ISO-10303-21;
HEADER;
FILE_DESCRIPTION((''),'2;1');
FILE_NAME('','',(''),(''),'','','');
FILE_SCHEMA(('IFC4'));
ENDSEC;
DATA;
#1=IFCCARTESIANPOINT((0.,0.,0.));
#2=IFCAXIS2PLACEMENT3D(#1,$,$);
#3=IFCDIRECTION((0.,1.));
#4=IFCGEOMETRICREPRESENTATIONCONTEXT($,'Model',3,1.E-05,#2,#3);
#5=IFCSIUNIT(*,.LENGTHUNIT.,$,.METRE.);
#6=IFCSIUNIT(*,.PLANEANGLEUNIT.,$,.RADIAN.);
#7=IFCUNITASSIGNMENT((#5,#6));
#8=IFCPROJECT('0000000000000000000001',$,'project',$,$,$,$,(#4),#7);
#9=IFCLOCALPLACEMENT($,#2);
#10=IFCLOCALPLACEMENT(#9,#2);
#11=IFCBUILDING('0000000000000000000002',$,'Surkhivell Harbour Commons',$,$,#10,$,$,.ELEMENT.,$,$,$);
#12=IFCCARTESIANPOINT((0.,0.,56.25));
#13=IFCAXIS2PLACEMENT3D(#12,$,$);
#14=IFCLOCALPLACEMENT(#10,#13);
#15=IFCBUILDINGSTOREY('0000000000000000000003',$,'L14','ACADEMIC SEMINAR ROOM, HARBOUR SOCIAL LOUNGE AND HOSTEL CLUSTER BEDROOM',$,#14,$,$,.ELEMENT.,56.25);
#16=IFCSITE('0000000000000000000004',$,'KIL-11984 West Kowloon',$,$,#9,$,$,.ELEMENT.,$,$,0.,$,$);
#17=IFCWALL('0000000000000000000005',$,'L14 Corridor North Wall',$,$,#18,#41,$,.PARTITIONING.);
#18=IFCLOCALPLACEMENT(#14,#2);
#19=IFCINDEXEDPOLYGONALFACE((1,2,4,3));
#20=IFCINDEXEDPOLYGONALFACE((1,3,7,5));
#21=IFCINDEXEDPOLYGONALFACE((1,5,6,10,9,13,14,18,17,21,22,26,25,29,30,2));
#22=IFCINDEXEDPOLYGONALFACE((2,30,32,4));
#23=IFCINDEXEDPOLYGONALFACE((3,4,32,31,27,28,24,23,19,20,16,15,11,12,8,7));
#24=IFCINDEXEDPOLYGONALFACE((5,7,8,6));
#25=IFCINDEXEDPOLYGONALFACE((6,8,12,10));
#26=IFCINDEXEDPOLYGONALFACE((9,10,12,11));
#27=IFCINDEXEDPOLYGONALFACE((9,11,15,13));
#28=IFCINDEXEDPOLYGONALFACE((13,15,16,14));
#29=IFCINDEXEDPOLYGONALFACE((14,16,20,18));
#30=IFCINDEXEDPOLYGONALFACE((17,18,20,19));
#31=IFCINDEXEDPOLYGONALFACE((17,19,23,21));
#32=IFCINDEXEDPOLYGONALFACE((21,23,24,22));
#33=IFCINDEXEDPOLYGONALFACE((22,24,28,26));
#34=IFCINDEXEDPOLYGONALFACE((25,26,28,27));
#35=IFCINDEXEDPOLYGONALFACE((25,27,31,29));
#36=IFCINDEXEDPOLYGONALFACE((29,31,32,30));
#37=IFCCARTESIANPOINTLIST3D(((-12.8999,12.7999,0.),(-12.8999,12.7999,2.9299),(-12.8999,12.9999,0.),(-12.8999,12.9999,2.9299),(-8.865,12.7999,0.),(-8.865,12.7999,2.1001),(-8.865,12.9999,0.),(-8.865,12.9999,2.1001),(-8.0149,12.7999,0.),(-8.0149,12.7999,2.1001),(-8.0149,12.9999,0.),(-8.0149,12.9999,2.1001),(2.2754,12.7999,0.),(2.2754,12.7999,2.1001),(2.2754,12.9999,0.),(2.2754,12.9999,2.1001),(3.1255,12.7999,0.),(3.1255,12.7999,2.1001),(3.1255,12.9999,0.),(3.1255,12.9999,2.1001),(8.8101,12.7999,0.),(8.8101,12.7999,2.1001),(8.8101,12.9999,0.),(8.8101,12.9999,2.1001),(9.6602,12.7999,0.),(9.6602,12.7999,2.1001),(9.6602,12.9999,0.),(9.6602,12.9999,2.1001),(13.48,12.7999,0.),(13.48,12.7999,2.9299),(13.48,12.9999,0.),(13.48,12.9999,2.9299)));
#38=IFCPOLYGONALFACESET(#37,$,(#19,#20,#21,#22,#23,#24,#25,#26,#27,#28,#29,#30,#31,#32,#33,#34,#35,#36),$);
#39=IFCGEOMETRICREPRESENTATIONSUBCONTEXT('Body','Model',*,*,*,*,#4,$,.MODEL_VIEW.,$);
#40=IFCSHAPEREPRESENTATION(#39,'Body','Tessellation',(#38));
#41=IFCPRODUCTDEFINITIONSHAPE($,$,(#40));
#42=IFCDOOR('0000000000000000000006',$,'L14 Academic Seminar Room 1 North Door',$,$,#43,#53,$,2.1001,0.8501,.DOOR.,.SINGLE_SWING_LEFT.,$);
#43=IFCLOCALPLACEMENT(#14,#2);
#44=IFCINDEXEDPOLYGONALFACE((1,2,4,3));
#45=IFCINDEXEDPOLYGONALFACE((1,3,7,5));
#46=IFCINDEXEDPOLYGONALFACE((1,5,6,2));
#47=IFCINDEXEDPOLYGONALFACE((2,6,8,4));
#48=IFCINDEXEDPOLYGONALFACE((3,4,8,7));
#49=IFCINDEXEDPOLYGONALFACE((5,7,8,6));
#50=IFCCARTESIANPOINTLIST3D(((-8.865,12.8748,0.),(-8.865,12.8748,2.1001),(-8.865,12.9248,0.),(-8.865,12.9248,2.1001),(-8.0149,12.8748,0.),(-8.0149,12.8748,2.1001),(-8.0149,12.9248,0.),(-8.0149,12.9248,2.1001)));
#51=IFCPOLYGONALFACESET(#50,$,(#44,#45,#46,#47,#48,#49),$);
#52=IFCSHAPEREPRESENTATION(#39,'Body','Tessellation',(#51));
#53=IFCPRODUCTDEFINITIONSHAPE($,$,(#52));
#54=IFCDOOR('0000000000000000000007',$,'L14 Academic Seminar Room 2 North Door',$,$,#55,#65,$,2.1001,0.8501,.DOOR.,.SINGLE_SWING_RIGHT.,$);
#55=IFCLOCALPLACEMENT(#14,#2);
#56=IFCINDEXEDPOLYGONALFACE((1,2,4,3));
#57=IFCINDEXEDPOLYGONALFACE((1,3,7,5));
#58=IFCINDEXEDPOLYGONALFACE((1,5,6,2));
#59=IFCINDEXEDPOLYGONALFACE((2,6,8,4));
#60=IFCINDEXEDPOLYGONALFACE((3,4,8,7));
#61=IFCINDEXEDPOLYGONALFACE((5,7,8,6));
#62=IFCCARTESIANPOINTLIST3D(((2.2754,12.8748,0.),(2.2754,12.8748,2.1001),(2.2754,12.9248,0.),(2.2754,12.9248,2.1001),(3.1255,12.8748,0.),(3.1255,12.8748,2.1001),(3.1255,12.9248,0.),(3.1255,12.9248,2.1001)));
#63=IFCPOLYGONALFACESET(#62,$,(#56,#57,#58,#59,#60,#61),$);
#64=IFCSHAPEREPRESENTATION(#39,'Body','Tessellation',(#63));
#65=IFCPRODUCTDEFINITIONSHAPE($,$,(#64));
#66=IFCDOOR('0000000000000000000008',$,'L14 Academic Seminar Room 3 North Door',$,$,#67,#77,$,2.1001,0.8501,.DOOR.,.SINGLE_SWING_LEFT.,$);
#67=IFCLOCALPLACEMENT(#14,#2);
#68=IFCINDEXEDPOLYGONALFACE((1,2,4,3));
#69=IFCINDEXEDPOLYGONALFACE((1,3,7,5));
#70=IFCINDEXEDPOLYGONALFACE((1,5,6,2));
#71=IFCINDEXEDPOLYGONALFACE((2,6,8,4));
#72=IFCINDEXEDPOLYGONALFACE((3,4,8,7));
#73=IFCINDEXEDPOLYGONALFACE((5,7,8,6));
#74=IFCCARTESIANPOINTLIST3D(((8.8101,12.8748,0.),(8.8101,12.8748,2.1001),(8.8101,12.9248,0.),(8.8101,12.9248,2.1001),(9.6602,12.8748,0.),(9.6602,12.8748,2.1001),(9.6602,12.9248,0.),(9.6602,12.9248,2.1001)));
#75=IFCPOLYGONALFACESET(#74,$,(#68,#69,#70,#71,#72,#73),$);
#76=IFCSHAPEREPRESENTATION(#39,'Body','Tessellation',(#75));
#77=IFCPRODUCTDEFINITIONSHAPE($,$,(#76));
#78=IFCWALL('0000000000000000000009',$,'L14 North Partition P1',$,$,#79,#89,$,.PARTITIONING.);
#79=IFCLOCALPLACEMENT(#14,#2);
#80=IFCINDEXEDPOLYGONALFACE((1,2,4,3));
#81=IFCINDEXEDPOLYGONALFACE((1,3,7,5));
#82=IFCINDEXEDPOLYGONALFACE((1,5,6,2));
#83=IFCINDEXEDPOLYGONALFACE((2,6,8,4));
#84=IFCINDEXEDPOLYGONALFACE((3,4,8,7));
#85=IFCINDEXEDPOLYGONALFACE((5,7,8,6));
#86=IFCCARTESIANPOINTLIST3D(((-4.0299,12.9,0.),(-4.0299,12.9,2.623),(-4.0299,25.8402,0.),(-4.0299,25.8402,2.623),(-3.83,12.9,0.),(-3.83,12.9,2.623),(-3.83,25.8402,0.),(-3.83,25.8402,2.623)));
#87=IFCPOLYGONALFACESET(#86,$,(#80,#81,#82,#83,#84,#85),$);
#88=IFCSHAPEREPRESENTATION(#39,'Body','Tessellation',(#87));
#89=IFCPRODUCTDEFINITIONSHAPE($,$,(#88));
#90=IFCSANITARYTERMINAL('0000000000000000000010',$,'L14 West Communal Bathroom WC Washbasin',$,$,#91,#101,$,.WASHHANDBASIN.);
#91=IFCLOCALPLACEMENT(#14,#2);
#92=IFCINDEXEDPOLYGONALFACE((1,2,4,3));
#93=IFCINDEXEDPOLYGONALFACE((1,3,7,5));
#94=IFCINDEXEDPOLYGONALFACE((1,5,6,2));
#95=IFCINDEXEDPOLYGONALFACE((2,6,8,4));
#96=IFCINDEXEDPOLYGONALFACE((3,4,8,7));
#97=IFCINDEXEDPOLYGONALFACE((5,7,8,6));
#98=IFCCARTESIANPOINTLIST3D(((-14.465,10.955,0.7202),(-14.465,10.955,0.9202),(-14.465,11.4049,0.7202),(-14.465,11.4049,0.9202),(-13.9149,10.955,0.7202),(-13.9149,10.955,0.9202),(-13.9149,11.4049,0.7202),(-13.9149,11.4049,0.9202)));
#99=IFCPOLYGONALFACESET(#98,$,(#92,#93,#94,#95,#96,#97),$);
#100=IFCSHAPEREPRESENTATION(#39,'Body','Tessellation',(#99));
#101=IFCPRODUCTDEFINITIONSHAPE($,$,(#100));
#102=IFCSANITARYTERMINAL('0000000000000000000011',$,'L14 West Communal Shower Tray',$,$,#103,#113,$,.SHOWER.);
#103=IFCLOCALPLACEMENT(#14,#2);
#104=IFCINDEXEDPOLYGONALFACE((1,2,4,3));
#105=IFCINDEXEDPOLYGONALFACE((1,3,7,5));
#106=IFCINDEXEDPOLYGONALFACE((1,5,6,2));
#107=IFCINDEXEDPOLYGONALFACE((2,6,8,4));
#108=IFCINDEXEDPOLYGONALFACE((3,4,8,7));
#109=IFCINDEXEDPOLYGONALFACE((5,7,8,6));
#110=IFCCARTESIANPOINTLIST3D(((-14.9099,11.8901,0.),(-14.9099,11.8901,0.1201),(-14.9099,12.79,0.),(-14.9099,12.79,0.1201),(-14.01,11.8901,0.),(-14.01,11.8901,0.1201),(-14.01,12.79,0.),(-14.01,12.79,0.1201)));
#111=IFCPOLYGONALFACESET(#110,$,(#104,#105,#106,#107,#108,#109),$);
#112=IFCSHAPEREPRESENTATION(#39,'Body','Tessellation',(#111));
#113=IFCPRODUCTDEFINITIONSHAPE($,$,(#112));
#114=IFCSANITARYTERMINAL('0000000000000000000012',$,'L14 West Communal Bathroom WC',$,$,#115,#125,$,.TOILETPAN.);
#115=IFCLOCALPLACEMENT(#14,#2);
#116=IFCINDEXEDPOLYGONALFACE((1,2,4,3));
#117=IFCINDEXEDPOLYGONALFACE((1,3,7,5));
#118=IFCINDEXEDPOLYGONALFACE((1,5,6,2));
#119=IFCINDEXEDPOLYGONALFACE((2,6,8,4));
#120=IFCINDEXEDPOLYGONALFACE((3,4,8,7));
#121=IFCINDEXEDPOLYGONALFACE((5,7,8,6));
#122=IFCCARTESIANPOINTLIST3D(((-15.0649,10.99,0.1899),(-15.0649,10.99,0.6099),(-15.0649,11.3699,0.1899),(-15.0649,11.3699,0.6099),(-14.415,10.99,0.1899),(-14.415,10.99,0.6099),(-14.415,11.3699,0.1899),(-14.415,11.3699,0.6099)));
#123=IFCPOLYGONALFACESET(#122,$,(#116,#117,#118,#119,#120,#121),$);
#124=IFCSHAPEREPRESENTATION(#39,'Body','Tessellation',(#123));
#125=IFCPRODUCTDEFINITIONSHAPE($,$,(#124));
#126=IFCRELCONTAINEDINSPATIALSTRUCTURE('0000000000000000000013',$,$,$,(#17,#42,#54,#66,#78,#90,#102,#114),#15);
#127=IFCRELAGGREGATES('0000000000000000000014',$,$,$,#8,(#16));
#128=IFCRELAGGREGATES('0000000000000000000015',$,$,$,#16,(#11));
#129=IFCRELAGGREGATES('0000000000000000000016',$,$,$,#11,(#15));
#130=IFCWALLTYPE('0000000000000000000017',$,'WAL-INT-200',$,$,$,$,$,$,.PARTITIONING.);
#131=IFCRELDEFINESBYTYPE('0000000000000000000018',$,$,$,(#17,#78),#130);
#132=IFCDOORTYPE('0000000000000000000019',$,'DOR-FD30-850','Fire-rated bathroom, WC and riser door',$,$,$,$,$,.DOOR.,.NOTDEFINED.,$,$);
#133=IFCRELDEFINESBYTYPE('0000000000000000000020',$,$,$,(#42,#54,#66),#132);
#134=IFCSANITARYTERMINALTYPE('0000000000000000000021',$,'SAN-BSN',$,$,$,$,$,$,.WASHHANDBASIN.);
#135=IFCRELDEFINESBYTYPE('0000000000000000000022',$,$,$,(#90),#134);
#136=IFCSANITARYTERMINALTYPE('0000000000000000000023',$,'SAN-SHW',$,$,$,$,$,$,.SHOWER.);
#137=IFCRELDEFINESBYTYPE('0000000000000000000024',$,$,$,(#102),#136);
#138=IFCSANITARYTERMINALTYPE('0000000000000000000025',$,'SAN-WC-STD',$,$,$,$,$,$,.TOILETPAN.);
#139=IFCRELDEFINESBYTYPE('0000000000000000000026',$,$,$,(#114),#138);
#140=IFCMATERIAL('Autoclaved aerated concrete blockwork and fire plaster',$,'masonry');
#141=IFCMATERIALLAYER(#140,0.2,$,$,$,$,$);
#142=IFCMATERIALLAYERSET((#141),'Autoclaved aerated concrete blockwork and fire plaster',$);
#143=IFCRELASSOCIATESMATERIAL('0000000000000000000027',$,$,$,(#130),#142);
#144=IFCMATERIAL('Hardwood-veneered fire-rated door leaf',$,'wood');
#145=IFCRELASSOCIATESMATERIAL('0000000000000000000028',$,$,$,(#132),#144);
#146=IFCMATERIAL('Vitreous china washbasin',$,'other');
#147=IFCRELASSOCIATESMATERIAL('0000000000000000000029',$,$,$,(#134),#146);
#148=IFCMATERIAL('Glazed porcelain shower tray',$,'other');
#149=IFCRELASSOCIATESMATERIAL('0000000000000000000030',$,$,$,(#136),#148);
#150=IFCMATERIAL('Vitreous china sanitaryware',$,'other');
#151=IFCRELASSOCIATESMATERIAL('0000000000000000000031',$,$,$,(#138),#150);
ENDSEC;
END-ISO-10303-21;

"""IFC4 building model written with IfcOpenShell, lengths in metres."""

from ifc_helpers import new_model, si_unit, direction, frame, frame_2d, origin, origin_2d, place, context, subcontext, project, spatial, rectangle, extrude, material, layer, layer_set, type_object, element, fill, save


model = new_model("IFC4")

# Units and contexts
model_context = context("Model", 3, precision=1e-05, world=origin(), true_north=direction((0.0, 1.0)))
body_context = subcontext(model_context, "Body", "Model", "MODEL_VIEW")
ifc_project = project(units=[si_unit("LENGTHUNIT", "METRE"), si_unit("PLANEANGLEUNIT", "RADIAN")], contexts=[model_context])

# Site, building, storey
site_placement = place(None, origin())
site = spatial("IfcSite", under=ifc_project, at=site_placement, Name="KIL-11984 West Kowloon", CompositionType="ELEMENT", RefElevation=0.0)
building_placement = place(site_placement, origin())
building = spatial("IfcBuilding", under=site, at=building_placement, Name="Surkhivell Harbour Commons", CompositionType="ELEMENT")
storey_placement = place(building_placement, frame((0.0, 0.0, 56.25)))
storey = spatial("IfcBuildingStorey", under=building, at=storey_placement, Name="L14", Description="ACADEMIC SEMINAR ROOM, HARBOUR SOCIAL LOUNGE AND HOSTEL CLUSTER BEDROOM", CompositionType="ELEMENT", Elevation=56.25)

# Shared definitions
ifc_material_1 = material(Name="Hardwood-veneered fire-rated door leaf", Category="wood")

# Shared definitions
ifc_material_2 = material(Name="Autoclaved aerated concrete blockwork and fire plaster", Category="masonry")
ifc_layer_1 = layer(ifc_material_2, 0.2)
ifc_layer_set_1 = layer_set([ifc_layer_1], Name="Autoclaved aerated concrete blockwork and fire plaster")
wall_type_1 = type_object("IfcWallType", Name="WAL-INT-200", PredefinedType="PARTITIONING", material=ifc_layer_set_1)

# Wall, openings, doors
wall_1_placement = place(storey_placement, frame((-12.8999, 12.8999, 0.0), z_axis=(0.0, 0.0, 1.0), x_axis=(1.0, 0.0, 0.0)))
wall_1 = element("IfcWall", 1, at=wall_1_placement, inside=storey, type_object=wall_type_1, Name="L14 Corridor North Wall", PredefinedType="PARTITIONING", context=body_context, shape_type="SweptSolid", body=[
    extrude(rectangle(XDim=26.3799, YDim=0.2, at=frame_2d((13.1899, 0.0))), origin(), (0.0, 0.0, 1.0), 2.9299),
])
opening_1_placement = place(wall_1_placement, frame((4.0349, 0.0, 0.0)))
opening_1 = element("IfcOpeningElement", 2, at=opening_1_placement, cuts=wall_1, PredefinedType="OPENING", context=body_context, shape_type="SweptSolid", body=[
    extrude(rectangle(XDim=0.8501, YDim=2.1001, at=frame_2d((0.425, 1.05))), frame((0.0, 0.1099, 0.0), z_axis=(0.0, -1.0, 0.0), x_axis=(1.0, 0.0, 0.0)), (0.0, 0.0, 1.0), 0.22),
])
opening_2_placement = place(wall_1_placement, frame((15.1753, 0.0, 0.0)))
opening_2 = element("IfcOpeningElement", 3, at=opening_2_placement, cuts=wall_1, PredefinedType="OPENING", context=body_context, shape_type="SweptSolid", body=[
    extrude(rectangle(XDim=0.8501, YDim=2.1001, at=frame_2d((0.425, 1.05))), frame((0.0, 0.1099, 0.0), z_axis=(0.0, -1.0, 0.0), x_axis=(1.0, 0.0, 0.0)), (0.0, 0.0, 1.0), 0.22),
])
opening_3_placement = place(wall_1_placement, frame((21.71, 0.0, 0.0)))
opening_3 = element("IfcOpeningElement", 4, at=opening_3_placement, cuts=wall_1, PredefinedType="OPENING", context=body_context, shape_type="SweptSolid", body=[
    extrude(rectangle(XDim=0.8501, YDim=2.1001, at=frame_2d((0.425, 1.05))), frame((0.0, 0.1099, 0.0), z_axis=(0.0, -1.0, 0.0), x_axis=(1.0, 0.0, 0.0)), (0.0, 0.0, 1.0), 0.22),
])
door_type_1 = type_object("IfcDoorType", Name="DOR-FD30-850", Description="Fire-rated bathroom, WC and riser door", OperationType="NOTDEFINED", PredefinedType="DOOR", material=ifc_material_1)
door_1_placement = place(opening_1_placement, origin())
door_1 = element("IfcDoor", 5, at=door_1_placement, inside=storey, type_object=door_type_1, Name="L14 Academic Seminar Room 1 North Door", OperationType="SINGLE_SWING_LEFT", OverallHeight=2.1001, OverallWidth=0.8501, PredefinedType="DOOR", context=body_context, shape_type="SweptSolid", body=[
    extrude(rectangle(XDim=0.8501, YDim=2.1001, at=frame_2d((0.425, 1.05))), frame((0.0, 0.0249, 0.0), z_axis=(0.0, -1.0, 0.0), x_axis=(1.0, 0.0, 0.0)), (0.0, 0.0, 1.0), 0.05),
])
fill(opening_1, door_1)
door_2_placement = place(opening_2_placement, origin())
door_2 = element("IfcDoor", 6, at=door_2_placement, inside=storey, type_object=door_type_1, Name="L14 Academic Seminar Room 2 North Door", OperationType="SINGLE_SWING_RIGHT", OverallHeight=2.1001, OverallWidth=0.8501, PredefinedType="DOOR", context=body_context, shape_type="SweptSolid", body=[
    extrude(rectangle(XDim=0.8501, YDim=2.1001, at=frame_2d((0.425, 1.05))), frame((0.0, 0.0249, 0.0), z_axis=(0.0, -1.0, 0.0), x_axis=(1.0, 0.0, 0.0)), (0.0, 0.0, 1.0), 0.05),
])
fill(opening_2, door_2)
door_3_placement = place(opening_3_placement, origin())
door_3 = element("IfcDoor", 7, at=door_3_placement, inside=storey, type_object=door_type_1, Name="L14 Academic Seminar Room 3 North Door", OperationType="SINGLE_SWING_LEFT", OverallHeight=2.1001, OverallWidth=0.8501, PredefinedType="DOOR", context=body_context, shape_type="SweptSolid", body=[
    extrude(rectangle(XDim=0.8501, YDim=2.1001, at=frame_2d((0.425, 1.05))), frame((0.0, 0.0249, 0.0), z_axis=(0.0, -1.0, 0.0), x_axis=(1.0, 0.0, 0.0)), (0.0, 0.0, 1.0), 0.05),
])
fill(opening_3, door_3)

# Wall
wall_2_placement = place(storey_placement, frame((-3.9299, 12.8999, 0.0), z_axis=(0.0, 0.0, 1.0), x_axis=(0.0, 1.0, 0.0)))
element("IfcWall", 8, at=wall_2_placement, inside=storey, type_object=wall_type_1, Name="L14 North Partition P1", PredefinedType="PARTITIONING", context=body_context, shape_type="SweptSolid", body=[
    extrude(rectangle(XDim=12.9402, YDim=0.2, at=frame_2d((6.4702, 0.0))), origin(), (0.0, 0.0, 1.0), 2.623),
])

# Sanitary terminals
ifc_material_3 = material(Name="Vitreous china washbasin", Category="other")
sanitary_terminal_type_1 = type_object("IfcSanitaryTerminalType", Name="SAN-BSN", PredefinedType="WASHHANDBASIN", material=ifc_material_3)
sanitary_terminal_1_placement = place(storey_placement, frame((-14.1899, 11.1799, 0.7202), z_axis=(0.0, 0.0, 1.0), x_axis=(1.0, 0.0, 0.0)))
element("IfcSanitaryTerminal", 9, at=sanitary_terminal_1_placement, inside=storey, type_object=sanitary_terminal_type_1, Name="L14 West Communal Bathroom WC Washbasin", PredefinedType="WASHHANDBASIN", context=body_context, shape_type="SweptSolid", body=[
    extrude(rectangle(XDim=0.55, YDim=0.45, at=origin_2d()), origin(), (0.0, 0.0, 1.0), 0.2),
])
ifc_material_4 = material(Name="Glazed porcelain shower tray", Category="other")
sanitary_terminal_type_2 = type_object("IfcSanitaryTerminalType", Name="SAN-SHW", PredefinedType="SHOWER", material=ifc_material_4)
sanitary_terminal_2_placement = place(storey_placement, frame((-14.46, 12.3401, 0.0), z_axis=(0.0, 0.0, 1.0), x_axis=(1.0, 0.0, 0.0)))
element("IfcSanitaryTerminal", 10, at=sanitary_terminal_2_placement, inside=storey, type_object=sanitary_terminal_type_2, Name="L14 West Communal Shower Tray", PredefinedType="SHOWER", context=body_context, shape_type="SweptSolid", body=[
    extrude(rectangle(XDim=0.8999, YDim=0.8999, at=origin_2d()), origin(), (0.0, 0.0, 1.0), 0.1201),
])
ifc_material_5 = material(Name="Vitreous china sanitaryware", Category="other")
sanitary_terminal_type_3 = type_object("IfcSanitaryTerminalType", Name="SAN-WC-STD", PredefinedType="TOILETPAN", material=ifc_material_5)
sanitary_terminal_3_placement = place(storey_placement, frame((-14.74, 11.1799, 0.1899), z_axis=(0.0, 0.0, 1.0), x_axis=(1.0, 0.0, 0.0)))
element("IfcSanitaryTerminal", 11, at=sanitary_terminal_3_placement, inside=storey, type_object=sanitary_terminal_type_3, Name="L14 West Communal Bathroom WC", PredefinedType="TOILETPAN", context=body_context, shape_type="SweptSolid", body=[
    extrude(rectangle(XDim=0.6499, YDim=0.3799, at=origin_2d()), origin(), (0.0, 0.0, 1.0), 0.4199),
])

save(model, "model.ifc")
